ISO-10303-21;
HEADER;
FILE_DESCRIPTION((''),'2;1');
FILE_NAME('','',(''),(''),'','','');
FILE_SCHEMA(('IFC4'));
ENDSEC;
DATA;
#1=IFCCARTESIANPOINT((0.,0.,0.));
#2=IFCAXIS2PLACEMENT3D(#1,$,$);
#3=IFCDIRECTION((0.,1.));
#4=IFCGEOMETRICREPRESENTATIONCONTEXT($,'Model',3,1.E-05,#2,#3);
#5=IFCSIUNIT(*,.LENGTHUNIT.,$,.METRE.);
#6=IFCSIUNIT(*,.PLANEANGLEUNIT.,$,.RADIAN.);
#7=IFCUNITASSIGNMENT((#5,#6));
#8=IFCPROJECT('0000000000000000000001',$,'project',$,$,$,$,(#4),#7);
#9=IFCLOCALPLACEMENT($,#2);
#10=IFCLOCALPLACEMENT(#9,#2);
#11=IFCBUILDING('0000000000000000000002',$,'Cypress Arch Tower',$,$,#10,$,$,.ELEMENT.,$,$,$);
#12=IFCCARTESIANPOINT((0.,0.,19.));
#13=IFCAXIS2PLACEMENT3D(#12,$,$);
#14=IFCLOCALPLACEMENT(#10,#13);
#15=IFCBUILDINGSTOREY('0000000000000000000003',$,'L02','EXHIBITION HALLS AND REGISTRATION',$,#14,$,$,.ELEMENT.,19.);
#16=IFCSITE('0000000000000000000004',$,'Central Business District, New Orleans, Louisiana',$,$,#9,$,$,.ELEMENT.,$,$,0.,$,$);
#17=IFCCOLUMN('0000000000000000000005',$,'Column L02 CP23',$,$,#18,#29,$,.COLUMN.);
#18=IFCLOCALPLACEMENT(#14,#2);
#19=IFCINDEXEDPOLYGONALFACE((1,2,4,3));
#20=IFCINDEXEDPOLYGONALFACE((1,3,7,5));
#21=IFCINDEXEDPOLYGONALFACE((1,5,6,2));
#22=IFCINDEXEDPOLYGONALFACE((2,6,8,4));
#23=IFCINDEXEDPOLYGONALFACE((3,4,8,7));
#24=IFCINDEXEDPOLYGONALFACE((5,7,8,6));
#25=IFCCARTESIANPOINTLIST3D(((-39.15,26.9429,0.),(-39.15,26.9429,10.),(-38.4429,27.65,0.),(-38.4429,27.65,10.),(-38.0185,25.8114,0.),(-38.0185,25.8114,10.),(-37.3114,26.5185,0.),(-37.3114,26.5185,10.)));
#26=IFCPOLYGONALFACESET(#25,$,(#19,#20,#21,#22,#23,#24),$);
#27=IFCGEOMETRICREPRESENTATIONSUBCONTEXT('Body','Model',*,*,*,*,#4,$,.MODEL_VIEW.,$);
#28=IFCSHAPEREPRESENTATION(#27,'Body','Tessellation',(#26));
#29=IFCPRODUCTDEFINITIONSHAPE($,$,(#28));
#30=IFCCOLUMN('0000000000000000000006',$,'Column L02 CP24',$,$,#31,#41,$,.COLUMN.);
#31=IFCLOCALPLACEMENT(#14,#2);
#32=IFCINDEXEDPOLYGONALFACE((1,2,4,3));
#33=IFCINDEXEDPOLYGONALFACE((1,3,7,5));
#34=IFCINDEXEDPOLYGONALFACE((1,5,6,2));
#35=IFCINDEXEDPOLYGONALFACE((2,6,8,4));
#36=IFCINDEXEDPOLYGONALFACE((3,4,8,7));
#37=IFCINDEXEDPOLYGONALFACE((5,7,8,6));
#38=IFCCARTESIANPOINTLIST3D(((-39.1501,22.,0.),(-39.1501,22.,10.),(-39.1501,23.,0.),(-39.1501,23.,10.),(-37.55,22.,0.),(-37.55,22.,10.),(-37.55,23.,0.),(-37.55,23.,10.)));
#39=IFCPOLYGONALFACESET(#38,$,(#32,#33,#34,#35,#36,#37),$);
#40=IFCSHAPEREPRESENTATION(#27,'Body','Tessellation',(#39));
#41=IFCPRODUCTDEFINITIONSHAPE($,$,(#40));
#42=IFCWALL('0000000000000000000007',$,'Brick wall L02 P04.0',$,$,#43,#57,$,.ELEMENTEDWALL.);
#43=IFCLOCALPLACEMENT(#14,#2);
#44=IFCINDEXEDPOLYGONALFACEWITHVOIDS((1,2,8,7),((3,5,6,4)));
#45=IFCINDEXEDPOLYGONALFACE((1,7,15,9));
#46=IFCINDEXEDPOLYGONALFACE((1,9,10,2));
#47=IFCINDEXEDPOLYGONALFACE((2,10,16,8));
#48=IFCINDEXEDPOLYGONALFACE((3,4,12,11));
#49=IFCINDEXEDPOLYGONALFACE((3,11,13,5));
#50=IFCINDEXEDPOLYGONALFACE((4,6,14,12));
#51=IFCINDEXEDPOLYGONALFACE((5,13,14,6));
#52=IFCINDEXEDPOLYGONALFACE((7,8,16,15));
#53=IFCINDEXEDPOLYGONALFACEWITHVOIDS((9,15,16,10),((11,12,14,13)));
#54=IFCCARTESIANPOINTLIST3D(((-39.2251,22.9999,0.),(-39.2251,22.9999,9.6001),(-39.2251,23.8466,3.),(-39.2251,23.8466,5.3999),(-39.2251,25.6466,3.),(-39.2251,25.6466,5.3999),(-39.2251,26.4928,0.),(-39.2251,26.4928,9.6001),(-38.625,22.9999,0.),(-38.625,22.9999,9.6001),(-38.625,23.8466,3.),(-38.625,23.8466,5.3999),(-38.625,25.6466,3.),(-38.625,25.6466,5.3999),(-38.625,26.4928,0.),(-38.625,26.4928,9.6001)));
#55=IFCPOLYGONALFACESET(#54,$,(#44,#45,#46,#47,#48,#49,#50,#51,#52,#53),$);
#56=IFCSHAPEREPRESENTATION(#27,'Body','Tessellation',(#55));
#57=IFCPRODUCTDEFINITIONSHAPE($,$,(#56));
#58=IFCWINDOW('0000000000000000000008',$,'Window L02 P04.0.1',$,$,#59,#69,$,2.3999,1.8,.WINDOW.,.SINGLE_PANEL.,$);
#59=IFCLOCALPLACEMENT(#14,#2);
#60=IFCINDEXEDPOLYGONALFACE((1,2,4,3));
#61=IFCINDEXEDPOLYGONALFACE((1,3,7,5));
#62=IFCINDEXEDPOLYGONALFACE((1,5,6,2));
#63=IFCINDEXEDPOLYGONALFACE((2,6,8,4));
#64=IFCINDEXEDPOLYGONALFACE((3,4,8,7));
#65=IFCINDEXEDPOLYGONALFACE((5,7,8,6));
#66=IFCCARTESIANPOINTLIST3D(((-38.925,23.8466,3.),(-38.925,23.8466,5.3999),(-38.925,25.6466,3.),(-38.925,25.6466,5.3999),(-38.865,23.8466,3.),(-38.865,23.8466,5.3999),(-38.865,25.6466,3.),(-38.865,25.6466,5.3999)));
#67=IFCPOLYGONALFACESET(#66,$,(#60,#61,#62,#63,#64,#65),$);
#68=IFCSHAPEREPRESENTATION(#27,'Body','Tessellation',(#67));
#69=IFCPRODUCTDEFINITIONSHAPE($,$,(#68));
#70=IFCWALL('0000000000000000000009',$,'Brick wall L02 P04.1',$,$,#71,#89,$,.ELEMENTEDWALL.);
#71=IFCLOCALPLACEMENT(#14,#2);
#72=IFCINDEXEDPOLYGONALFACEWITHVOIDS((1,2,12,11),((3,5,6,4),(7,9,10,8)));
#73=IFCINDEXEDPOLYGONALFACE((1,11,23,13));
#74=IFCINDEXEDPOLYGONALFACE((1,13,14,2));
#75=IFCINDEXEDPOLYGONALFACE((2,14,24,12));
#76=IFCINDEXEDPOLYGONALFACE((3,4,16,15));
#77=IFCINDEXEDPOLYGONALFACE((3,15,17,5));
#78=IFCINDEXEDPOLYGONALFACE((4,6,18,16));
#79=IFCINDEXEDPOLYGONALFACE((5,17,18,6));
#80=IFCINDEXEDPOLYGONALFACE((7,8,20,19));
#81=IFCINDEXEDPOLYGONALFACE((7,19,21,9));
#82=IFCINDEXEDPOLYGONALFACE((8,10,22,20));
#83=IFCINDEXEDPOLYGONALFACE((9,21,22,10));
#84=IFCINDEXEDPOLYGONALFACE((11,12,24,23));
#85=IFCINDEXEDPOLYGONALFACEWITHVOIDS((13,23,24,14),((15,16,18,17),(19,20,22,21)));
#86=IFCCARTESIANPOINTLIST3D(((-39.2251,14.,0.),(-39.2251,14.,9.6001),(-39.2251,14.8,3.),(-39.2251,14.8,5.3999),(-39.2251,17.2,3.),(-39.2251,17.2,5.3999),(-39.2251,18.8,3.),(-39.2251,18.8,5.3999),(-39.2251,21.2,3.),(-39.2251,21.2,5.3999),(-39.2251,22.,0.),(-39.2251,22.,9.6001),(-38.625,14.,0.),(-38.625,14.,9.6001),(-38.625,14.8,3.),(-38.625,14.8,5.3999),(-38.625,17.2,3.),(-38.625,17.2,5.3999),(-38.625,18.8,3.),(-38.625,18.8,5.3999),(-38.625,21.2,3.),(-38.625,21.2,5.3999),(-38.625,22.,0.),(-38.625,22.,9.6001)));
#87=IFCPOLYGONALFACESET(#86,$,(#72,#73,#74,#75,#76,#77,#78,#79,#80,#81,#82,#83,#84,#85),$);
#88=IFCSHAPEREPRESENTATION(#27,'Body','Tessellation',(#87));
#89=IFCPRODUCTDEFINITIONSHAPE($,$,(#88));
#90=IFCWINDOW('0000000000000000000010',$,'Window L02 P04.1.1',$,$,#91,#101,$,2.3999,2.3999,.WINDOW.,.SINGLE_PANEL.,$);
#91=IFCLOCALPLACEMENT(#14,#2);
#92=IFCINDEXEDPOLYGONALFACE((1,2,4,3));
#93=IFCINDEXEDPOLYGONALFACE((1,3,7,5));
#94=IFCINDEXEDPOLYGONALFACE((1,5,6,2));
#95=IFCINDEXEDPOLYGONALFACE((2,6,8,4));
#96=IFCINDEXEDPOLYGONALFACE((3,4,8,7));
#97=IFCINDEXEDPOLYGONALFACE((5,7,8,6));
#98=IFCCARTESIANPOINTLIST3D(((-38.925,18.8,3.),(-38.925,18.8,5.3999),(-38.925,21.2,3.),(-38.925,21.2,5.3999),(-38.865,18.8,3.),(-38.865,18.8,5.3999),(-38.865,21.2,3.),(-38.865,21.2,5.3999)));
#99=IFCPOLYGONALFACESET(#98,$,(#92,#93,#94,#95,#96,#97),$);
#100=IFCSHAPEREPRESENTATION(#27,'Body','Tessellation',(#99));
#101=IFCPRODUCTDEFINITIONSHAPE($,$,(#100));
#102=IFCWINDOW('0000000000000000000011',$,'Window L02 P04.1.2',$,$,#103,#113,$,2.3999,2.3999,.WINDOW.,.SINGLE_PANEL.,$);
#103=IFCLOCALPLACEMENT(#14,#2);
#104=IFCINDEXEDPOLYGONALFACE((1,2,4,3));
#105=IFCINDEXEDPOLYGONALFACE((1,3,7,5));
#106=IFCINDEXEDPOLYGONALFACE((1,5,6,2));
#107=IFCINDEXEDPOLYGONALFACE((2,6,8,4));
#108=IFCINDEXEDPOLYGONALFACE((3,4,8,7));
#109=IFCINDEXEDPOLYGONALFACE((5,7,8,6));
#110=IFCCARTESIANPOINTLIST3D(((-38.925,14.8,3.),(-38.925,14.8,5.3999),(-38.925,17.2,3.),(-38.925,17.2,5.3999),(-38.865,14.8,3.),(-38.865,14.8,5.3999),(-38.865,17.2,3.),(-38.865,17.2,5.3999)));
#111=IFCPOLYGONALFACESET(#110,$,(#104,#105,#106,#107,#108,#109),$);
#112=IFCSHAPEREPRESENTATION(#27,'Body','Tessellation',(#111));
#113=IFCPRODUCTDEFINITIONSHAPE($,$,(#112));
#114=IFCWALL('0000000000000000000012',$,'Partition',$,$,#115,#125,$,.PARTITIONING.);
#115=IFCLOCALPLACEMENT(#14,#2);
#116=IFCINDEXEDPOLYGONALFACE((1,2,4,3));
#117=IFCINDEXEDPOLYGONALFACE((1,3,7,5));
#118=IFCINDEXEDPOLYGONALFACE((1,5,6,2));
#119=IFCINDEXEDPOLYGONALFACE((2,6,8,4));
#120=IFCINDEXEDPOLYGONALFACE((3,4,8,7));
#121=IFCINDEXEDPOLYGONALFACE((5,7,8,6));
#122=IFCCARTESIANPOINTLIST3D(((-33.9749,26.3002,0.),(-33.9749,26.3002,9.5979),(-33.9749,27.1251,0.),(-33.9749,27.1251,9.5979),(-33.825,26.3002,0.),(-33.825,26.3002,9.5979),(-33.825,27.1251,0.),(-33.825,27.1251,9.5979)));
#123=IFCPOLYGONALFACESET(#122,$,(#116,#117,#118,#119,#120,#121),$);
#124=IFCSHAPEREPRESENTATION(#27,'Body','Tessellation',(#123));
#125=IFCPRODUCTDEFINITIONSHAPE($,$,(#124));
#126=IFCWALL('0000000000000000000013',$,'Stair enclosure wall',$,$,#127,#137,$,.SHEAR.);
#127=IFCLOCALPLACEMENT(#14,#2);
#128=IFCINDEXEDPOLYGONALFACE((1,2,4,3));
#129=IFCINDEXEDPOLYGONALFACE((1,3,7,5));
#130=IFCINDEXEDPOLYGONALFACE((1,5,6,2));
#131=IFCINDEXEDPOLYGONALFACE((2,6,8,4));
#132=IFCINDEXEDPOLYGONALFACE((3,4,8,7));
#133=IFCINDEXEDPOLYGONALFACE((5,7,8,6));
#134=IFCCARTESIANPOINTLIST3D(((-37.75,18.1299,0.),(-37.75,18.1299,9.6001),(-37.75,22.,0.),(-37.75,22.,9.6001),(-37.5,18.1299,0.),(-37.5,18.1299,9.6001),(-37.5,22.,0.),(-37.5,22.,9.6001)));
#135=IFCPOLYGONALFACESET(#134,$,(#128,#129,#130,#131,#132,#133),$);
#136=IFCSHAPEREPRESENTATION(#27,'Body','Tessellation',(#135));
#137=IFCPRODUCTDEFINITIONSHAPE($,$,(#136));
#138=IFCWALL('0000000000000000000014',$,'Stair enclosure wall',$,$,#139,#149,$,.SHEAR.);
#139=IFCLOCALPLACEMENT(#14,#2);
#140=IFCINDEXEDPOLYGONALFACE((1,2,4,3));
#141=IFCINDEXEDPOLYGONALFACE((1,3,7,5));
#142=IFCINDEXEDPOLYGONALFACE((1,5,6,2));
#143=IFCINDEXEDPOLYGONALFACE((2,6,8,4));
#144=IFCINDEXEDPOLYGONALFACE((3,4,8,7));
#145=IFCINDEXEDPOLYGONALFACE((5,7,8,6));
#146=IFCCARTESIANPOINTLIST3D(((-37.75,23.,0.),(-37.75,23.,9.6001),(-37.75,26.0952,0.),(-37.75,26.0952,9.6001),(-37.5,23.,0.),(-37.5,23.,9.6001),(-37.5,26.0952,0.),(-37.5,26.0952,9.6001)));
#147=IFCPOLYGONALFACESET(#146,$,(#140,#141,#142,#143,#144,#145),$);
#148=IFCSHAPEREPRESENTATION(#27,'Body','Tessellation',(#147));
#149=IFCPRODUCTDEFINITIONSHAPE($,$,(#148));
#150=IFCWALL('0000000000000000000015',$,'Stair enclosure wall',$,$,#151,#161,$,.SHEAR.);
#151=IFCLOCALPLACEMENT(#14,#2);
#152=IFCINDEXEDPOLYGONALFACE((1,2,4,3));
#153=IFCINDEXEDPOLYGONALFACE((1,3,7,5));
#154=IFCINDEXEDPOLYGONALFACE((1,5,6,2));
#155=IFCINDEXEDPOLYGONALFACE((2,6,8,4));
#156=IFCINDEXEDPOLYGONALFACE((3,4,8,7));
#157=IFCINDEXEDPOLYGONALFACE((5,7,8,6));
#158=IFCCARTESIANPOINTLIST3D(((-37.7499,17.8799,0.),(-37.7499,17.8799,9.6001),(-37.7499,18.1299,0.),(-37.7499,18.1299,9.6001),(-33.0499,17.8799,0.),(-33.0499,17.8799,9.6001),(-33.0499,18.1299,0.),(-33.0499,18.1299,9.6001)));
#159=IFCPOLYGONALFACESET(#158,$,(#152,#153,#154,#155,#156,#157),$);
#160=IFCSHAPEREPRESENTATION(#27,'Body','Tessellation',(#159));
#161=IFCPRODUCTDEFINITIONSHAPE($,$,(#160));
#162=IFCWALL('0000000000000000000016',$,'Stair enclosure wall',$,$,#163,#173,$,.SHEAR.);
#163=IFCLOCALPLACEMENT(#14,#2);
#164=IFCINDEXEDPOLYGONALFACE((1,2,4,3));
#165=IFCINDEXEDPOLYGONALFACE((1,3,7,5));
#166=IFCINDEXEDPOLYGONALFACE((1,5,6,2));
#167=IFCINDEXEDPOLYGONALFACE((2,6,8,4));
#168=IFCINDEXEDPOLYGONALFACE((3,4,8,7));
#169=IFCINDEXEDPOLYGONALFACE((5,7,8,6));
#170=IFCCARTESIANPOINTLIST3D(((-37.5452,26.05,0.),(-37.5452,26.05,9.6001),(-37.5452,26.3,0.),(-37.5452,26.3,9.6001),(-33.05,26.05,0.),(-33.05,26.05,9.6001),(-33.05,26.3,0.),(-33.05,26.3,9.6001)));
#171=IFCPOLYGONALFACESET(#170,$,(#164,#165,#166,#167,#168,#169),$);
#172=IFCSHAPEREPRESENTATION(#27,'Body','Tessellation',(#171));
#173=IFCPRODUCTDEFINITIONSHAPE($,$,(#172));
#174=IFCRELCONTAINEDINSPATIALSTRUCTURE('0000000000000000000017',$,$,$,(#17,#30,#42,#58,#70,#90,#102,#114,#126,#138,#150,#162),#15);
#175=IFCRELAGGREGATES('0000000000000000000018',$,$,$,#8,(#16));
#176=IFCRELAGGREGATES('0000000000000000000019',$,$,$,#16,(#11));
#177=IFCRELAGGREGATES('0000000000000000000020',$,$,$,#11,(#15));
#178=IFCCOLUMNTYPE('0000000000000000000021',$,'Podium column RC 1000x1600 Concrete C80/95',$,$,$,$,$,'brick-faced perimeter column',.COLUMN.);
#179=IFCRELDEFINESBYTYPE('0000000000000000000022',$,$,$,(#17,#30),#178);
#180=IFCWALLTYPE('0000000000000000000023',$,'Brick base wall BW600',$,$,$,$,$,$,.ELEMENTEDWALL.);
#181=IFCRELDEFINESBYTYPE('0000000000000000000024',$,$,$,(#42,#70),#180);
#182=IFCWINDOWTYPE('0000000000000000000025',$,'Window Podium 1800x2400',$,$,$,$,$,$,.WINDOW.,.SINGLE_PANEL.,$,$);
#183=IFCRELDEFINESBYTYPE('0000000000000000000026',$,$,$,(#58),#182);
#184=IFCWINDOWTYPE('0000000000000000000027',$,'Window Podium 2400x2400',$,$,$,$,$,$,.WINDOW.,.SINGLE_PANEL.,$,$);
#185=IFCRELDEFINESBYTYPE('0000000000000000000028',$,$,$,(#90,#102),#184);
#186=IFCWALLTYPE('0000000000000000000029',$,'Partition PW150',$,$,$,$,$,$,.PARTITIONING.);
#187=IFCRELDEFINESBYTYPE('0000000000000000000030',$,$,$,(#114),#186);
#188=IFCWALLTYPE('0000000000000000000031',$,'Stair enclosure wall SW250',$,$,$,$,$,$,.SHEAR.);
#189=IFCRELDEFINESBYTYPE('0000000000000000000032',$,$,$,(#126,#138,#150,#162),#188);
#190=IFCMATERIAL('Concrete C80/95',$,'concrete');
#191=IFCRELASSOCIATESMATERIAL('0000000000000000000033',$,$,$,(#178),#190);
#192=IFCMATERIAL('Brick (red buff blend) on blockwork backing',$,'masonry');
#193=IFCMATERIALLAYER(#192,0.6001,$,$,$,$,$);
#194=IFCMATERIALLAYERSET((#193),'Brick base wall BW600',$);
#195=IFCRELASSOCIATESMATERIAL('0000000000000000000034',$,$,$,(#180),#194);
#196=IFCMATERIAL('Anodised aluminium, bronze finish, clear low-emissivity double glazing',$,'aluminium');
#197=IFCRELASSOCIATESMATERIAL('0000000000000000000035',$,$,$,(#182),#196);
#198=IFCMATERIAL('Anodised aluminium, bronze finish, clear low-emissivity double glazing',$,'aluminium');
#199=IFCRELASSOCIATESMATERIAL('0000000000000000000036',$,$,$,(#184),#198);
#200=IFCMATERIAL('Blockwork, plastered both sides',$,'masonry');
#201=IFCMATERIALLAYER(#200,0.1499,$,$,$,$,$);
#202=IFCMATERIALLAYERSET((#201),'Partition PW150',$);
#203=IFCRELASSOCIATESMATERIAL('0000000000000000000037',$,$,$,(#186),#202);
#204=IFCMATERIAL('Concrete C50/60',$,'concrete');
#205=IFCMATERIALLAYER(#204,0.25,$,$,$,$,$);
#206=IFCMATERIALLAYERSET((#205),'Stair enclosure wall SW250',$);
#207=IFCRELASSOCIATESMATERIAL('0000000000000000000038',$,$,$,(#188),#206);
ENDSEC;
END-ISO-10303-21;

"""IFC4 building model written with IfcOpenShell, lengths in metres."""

from ifc_helpers import new_model, si_unit, direction, frame, frame_2d, origin, origin_2d, place, context, subcontext, project, spatial, rectangle, extrude, material, layer, layer_set, material_profile, profile_set, type_object, element, fill, save


model = new_model("IFC4")

# Units and contexts
model_context = context("Model", 3, precision=1e-05, world=origin(), true_north=direction((0.0, 1.0)))
body_context = subcontext(model_context, "Body", "Model", "MODEL_VIEW")
ifc_project = project(units=[si_unit("LENGTHUNIT", "METRE"), si_unit("PLANEANGLEUNIT", "RADIAN")], contexts=[model_context])

# Site, building, storey
site_placement = place(None, origin())
site = spatial("IfcSite", under=ifc_project, at=site_placement, Name="Central Business District, New Orleans, Louisiana", CompositionType="ELEMENT", RefElevation=0.0)
building_placement = place(site_placement, origin())
building = spatial("IfcBuilding", under=site, at=building_placement, Name="Cypress Arch Tower", CompositionType="ELEMENT")
storey_placement = place(building_placement, frame((0.0, 0.0, 19.0)))
storey = spatial("IfcBuildingStorey", under=building, at=storey_placement, Name="L02", Description="EXHIBITION HALLS AND REGISTRATION", CompositionType="ELEMENT", Elevation=19.0)

# Columns
ifc_material_1 = material(Name="Concrete C80/95", Category="concrete")
ifc_material_profile = material_profile(ifc_material_1, rectangle(XDim=1.0, YDim=1.6001, at=origin_2d()), Name="RC 1000x1600")
ifc_profile_set = profile_set([ifc_material_profile], Name="Concrete C80/95")
column_type = type_object("IfcColumnType", Name="Podium column RC 1000x1600 Concrete C80/95", ElementType="brick-faced perimeter column", PredefinedType="COLUMN", material=ifc_profile_set)
for number, where, z_axis, x_axis, name in (
    (1, (-38.2307, 26.7307, 0.0), (0.0, 0.0, 1.0), (-0.707107, -0.707107, 0.0), "Column L02 CP23"),
    (2, (-38.3501, 22.5, 0.0), (0.0, 0.0, 1.0), (0.0, -1.0, 0.0), "Column L02 CP24"),
):
    element("IfcColumn", number, at=place(storey_placement, frame(where, z_axis=z_axis, x_axis=x_axis)), inside=storey, type_object=column_type, Name=name, PredefinedType="COLUMN", context=body_context, shape_type="SweptSolid", body=[
        extrude(rectangle(XDim=1.0, YDim=1.6001, at=origin_2d()), origin(), (0.0, 0.0, 1.0), 10.0),
    ])

# Wall, opening, window
ifc_material_2 = material(Name="Brick (red buff blend) on blockwork backing", Category="masonry")
ifc_layer_1 = layer(ifc_material_2, 0.6001)
ifc_layer_set_1 = layer_set([ifc_layer_1], Name="Brick base wall BW600")
wall_type_1 = type_object("IfcWallType", Name="Brick base wall BW600", PredefinedType="ELEMENTEDWALL", material=ifc_layer_set_1)
wall_1_placement = place(storey_placement, frame((-38.925, 26.4929, 0.0), z_axis=(0.0, 0.0, 1.0), x_axis=(0.0, -1.0, 0.0)))
wall_1 = element("IfcWall", 3, at=wall_1_placement, inside=storey, type_object=wall_type_1, Name="Brick wall L02 P04.0", PredefinedType="ELEMENTEDWALL", context=body_context, shape_type="SweptSolid", body=[
    extrude(rectangle(XDim=3.4929, YDim=0.6001, at=frame_2d((1.7466, 0.0))), origin(), (0.0, 0.0, 1.0), 9.6001),
])
opening_1_placement = place(wall_1_placement, frame((0.8464, 0.0, 3.0)))
opening_1 = element("IfcOpeningElement", 4, at=opening_1_placement, cuts=wall_1, PredefinedType="OPENING", context=body_context, shape_type="SweptSolid", body=[
    extrude(rectangle(XDim=1.8, YDim=2.3999, at=frame_2d((0.8999, 1.2))), frame((0.0, 0.3101, 0.0), z_axis=(0.0, -1.0, 0.0), x_axis=(1.0, 0.0, 0.0)), (0.0, 0.0, 1.0), 0.6201),
])
ifc_material_3 = material(Name="Anodised aluminium, bronze finish, clear low-emissivity double glazing", Category="aluminium")
window_type_1 = type_object("IfcWindowType", Name="Window Podium 1800x2400", PartitioningType="SINGLE_PANEL", PredefinedType="WINDOW", material=ifc_material_3)
window_1_placement = place(opening_1_placement, origin())
window_1 = element("IfcWindow", 5, at=window_1_placement, inside=storey, type_object=window_type_1, Name="Window L02 P04.0.1", OverallHeight=2.3999, OverallWidth=1.8, PartitioningType="SINGLE_PANEL", PredefinedType="WINDOW", context=body_context, shape_type="SweptSolid", body=[
    extrude(rectangle(XDim=1.8, YDim=2.3999, at=frame_2d((0.8999, 1.2))), frame((0.0, 0.0601, 0.0), z_axis=(0.0, -1.0, 0.0), x_axis=(1.0, 0.0, 0.0)), (0.0, 0.0, 1.0), 0.0601),
])
fill(opening_1, window_1)

# Wall, openings, windows
wall_2_placement = place(storey_placement, frame((-38.925, 22.0, 0.0), z_axis=(0.0, 0.0, 1.0), x_axis=(0.0, -1.0, 0.0)))
wall_2 = element("IfcWall", 6, at=wall_2_placement, inside=storey, type_object=wall_type_1, Name="Brick wall L02 P04.1", PredefinedType="ELEMENTEDWALL", context=body_context, shape_type="SweptSolid", body=[
    extrude(rectangle(XDim=8.0, YDim=0.6001, at=frame_2d((4.0, 0.0))), origin(), (0.0, 0.0, 1.0), 9.6001),
])
opening_2_placement = place(wall_2_placement, frame((0.8, 0.0, 3.0)))
opening_2 = element("IfcOpeningElement", 7, at=opening_2_placement, cuts=wall_2, PredefinedType="OPENING", context=body_context, shape_type="SweptSolid", body=[
    extrude(rectangle(XDim=2.3999, YDim=2.3999, at=frame_2d((1.2, 1.2))), frame((0.0, 0.3101, 0.0), z_axis=(0.0, -1.0, 0.0), x_axis=(1.0, 0.0, 0.0)), (0.0, 0.0, 1.0), 0.6201),
])
opening_3_placement = place(wall_2_placement, frame((4.8, 0.0, 3.0)))
opening_3 = element("IfcOpeningElement", 8, at=opening_3_placement, cuts=wall_2, PredefinedType="OPENING", context=body_context, shape_type="SweptSolid", body=[
    extrude(rectangle(XDim=2.3999, YDim=2.3999, at=frame_2d((1.2, 1.2))), frame((0.0, 0.3101, 0.0), z_axis=(0.0, -1.0, 0.0), x_axis=(1.0, 0.0, 0.0)), (0.0, 0.0, 1.0), 0.6201),
])
ifc_material_4 = material(Name="Anodised aluminium, bronze finish, clear low-emissivity double glazing", Category="aluminium")
window_type_2 = type_object("IfcWindowType", Name="Window Podium 2400x2400", PartitioningType="SINGLE_PANEL", PredefinedType="WINDOW", material=ifc_material_4)
window_2_placement = place(opening_2_placement, origin())
window_2 = element("IfcWindow", 9, at=window_2_placement, inside=storey, type_object=window_type_2, Name="Window L02 P04.1.1", OverallHeight=2.3999, OverallWidth=2.3999, PartitioningType="SINGLE_PANEL", PredefinedType="WINDOW", context=body_context, shape_type="SweptSolid", body=[
    extrude(rectangle(XDim=2.3999, YDim=2.3999, at=frame_2d((1.2, 1.2))), frame((0.0, 0.0601, 0.0), z_axis=(0.0, -1.0, 0.0), x_axis=(1.0, 0.0, 0.0)), (0.0, 0.0, 1.0), 0.0601),
])
fill(opening_2, window_2)
window_3_placement = place(opening_3_placement, origin())
window_3 = element("IfcWindow", 10, at=window_3_placement, inside=storey, type_object=window_type_2, Name="Window L02 P04.1.2", OverallHeight=2.3999, OverallWidth=2.3999, PartitioningType="SINGLE_PANEL", PredefinedType="WINDOW", context=body_context, shape_type="SweptSolid", body=[
    extrude(rectangle(XDim=2.3999, YDim=2.3999, at=frame_2d((1.2, 1.2))), frame((0.0, 0.0601, 0.0), z_axis=(0.0, -1.0, 0.0), x_axis=(1.0, 0.0, 0.0)), (0.0, 0.0, 1.0), 0.0601),
])
fill(opening_3, window_3)

# Walls
ifc_material_5 = material(Name="Blockwork, plastered both sides", Category="masonry")
ifc_layer_2 = layer(ifc_material_5, 0.1499)
ifc_layer_set_2 = layer_set([ifc_layer_2], Name="Partition PW150")
wall_type_2 = type_object("IfcWallType", Name="Partition PW150", PredefinedType="PARTITIONING", material=ifc_layer_set_2)
wall_3_placement = place(storey_placement, frame((-33.8999, 26.3, 0.0), z_axis=(0.0, 0.0, 1.0), x_axis=(0.0, 1.0, 0.0)))
element("IfcWall", 11, at=wall_3_placement, inside=storey, type_object=wall_type_2, Name="Partition", PredefinedType="PARTITIONING", context=body_context, shape_type="SweptSolid", body=[
    extrude(rectangle(XDim=0.825, YDim=0.1499, at=frame_2d((0.4126, 0.0))), origin(), (0.0, 0.0, 1.0), 9.5979),
])
ifc_material_6 = material(Name="Concrete C50/60", Category="concrete")
ifc_layer_3 = layer(ifc_material_6, 0.25)
ifc_layer_set_3 = layer_set([ifc_layer_3], Name="Stair enclosure wall SW250")
wall_type_3 = type_object("IfcWallType", Name="Stair enclosure wall SW250", PredefinedType="SHEAR", material=ifc_layer_set_3)
wall_4_placement = place(storey_placement, frame((-37.625, 18.1299, 0.0), z_axis=(0.0, 0.0, 1.0), x_axis=(0.0, 1.0, 0.0)))
element("IfcWall", 12, at=wall_4_placement, inside=storey, type_object=wall_type_3, Name="Stair enclosure wall", PredefinedType="SHEAR", context=body_context, shape_type="SweptSolid", body=[
    extrude(rectangle(XDim=3.8701, YDim=0.25, at=frame_2d((1.9351, 0.0))), origin(), (0.0, 0.0, 1.0), 9.6001),
])
wall_5_placement = place(storey_placement, frame((-37.625, 23.0, 0.0), z_axis=(0.0, 0.0, 1.0), x_axis=(0.0, 1.0, 0.0)))
element("IfcWall", 13, at=wall_5_placement, inside=storey, type_object=wall_type_3, Name="Stair enclosure wall", PredefinedType="SHEAR", context=body_context, shape_type="SweptSolid", body=[
    extrude(rectangle(XDim=3.0952, YDim=0.25, at=frame_2d((1.5476, 0.0))), origin(), (0.0, 0.0, 1.0), 9.6001),
])
wall_6_placement = place(storey_placement, frame((-37.75, 18.0049, 0.0), z_axis=(0.0, 0.0, 1.0), x_axis=(1.0, 0.0, 0.0)))
element("IfcWall", 14, at=wall_6_placement, inside=storey, type_object=wall_type_3, Name="Stair enclosure wall", PredefinedType="SHEAR", context=body_context, shape_type="SweptSolid", body=[
    extrude(rectangle(XDim=4.7, YDim=0.25, at=frame_2d((2.3501, 0.0))), origin(), (0.0, 0.0, 1.0), 9.6001),
])
wall_7_placement = place(storey_placement, frame((-37.5452, 26.175, 0.0), z_axis=(0.0, 0.0, 1.0), x_axis=(1.0, 0.0, 0.0)))
element("IfcWall", 15, at=wall_7_placement, inside=storey, type_object=wall_type_3, Name="Stair enclosure wall", PredefinedType="SHEAR", context=body_context, shape_type="SweptSolid", body=[
    extrude(rectangle(XDim=4.4951, YDim=0.25, at=frame_2d((2.2476, 0.0))), origin(), (0.0, 0.0, 1.0), 9.6001),
])

save(model, "model.ifc")
